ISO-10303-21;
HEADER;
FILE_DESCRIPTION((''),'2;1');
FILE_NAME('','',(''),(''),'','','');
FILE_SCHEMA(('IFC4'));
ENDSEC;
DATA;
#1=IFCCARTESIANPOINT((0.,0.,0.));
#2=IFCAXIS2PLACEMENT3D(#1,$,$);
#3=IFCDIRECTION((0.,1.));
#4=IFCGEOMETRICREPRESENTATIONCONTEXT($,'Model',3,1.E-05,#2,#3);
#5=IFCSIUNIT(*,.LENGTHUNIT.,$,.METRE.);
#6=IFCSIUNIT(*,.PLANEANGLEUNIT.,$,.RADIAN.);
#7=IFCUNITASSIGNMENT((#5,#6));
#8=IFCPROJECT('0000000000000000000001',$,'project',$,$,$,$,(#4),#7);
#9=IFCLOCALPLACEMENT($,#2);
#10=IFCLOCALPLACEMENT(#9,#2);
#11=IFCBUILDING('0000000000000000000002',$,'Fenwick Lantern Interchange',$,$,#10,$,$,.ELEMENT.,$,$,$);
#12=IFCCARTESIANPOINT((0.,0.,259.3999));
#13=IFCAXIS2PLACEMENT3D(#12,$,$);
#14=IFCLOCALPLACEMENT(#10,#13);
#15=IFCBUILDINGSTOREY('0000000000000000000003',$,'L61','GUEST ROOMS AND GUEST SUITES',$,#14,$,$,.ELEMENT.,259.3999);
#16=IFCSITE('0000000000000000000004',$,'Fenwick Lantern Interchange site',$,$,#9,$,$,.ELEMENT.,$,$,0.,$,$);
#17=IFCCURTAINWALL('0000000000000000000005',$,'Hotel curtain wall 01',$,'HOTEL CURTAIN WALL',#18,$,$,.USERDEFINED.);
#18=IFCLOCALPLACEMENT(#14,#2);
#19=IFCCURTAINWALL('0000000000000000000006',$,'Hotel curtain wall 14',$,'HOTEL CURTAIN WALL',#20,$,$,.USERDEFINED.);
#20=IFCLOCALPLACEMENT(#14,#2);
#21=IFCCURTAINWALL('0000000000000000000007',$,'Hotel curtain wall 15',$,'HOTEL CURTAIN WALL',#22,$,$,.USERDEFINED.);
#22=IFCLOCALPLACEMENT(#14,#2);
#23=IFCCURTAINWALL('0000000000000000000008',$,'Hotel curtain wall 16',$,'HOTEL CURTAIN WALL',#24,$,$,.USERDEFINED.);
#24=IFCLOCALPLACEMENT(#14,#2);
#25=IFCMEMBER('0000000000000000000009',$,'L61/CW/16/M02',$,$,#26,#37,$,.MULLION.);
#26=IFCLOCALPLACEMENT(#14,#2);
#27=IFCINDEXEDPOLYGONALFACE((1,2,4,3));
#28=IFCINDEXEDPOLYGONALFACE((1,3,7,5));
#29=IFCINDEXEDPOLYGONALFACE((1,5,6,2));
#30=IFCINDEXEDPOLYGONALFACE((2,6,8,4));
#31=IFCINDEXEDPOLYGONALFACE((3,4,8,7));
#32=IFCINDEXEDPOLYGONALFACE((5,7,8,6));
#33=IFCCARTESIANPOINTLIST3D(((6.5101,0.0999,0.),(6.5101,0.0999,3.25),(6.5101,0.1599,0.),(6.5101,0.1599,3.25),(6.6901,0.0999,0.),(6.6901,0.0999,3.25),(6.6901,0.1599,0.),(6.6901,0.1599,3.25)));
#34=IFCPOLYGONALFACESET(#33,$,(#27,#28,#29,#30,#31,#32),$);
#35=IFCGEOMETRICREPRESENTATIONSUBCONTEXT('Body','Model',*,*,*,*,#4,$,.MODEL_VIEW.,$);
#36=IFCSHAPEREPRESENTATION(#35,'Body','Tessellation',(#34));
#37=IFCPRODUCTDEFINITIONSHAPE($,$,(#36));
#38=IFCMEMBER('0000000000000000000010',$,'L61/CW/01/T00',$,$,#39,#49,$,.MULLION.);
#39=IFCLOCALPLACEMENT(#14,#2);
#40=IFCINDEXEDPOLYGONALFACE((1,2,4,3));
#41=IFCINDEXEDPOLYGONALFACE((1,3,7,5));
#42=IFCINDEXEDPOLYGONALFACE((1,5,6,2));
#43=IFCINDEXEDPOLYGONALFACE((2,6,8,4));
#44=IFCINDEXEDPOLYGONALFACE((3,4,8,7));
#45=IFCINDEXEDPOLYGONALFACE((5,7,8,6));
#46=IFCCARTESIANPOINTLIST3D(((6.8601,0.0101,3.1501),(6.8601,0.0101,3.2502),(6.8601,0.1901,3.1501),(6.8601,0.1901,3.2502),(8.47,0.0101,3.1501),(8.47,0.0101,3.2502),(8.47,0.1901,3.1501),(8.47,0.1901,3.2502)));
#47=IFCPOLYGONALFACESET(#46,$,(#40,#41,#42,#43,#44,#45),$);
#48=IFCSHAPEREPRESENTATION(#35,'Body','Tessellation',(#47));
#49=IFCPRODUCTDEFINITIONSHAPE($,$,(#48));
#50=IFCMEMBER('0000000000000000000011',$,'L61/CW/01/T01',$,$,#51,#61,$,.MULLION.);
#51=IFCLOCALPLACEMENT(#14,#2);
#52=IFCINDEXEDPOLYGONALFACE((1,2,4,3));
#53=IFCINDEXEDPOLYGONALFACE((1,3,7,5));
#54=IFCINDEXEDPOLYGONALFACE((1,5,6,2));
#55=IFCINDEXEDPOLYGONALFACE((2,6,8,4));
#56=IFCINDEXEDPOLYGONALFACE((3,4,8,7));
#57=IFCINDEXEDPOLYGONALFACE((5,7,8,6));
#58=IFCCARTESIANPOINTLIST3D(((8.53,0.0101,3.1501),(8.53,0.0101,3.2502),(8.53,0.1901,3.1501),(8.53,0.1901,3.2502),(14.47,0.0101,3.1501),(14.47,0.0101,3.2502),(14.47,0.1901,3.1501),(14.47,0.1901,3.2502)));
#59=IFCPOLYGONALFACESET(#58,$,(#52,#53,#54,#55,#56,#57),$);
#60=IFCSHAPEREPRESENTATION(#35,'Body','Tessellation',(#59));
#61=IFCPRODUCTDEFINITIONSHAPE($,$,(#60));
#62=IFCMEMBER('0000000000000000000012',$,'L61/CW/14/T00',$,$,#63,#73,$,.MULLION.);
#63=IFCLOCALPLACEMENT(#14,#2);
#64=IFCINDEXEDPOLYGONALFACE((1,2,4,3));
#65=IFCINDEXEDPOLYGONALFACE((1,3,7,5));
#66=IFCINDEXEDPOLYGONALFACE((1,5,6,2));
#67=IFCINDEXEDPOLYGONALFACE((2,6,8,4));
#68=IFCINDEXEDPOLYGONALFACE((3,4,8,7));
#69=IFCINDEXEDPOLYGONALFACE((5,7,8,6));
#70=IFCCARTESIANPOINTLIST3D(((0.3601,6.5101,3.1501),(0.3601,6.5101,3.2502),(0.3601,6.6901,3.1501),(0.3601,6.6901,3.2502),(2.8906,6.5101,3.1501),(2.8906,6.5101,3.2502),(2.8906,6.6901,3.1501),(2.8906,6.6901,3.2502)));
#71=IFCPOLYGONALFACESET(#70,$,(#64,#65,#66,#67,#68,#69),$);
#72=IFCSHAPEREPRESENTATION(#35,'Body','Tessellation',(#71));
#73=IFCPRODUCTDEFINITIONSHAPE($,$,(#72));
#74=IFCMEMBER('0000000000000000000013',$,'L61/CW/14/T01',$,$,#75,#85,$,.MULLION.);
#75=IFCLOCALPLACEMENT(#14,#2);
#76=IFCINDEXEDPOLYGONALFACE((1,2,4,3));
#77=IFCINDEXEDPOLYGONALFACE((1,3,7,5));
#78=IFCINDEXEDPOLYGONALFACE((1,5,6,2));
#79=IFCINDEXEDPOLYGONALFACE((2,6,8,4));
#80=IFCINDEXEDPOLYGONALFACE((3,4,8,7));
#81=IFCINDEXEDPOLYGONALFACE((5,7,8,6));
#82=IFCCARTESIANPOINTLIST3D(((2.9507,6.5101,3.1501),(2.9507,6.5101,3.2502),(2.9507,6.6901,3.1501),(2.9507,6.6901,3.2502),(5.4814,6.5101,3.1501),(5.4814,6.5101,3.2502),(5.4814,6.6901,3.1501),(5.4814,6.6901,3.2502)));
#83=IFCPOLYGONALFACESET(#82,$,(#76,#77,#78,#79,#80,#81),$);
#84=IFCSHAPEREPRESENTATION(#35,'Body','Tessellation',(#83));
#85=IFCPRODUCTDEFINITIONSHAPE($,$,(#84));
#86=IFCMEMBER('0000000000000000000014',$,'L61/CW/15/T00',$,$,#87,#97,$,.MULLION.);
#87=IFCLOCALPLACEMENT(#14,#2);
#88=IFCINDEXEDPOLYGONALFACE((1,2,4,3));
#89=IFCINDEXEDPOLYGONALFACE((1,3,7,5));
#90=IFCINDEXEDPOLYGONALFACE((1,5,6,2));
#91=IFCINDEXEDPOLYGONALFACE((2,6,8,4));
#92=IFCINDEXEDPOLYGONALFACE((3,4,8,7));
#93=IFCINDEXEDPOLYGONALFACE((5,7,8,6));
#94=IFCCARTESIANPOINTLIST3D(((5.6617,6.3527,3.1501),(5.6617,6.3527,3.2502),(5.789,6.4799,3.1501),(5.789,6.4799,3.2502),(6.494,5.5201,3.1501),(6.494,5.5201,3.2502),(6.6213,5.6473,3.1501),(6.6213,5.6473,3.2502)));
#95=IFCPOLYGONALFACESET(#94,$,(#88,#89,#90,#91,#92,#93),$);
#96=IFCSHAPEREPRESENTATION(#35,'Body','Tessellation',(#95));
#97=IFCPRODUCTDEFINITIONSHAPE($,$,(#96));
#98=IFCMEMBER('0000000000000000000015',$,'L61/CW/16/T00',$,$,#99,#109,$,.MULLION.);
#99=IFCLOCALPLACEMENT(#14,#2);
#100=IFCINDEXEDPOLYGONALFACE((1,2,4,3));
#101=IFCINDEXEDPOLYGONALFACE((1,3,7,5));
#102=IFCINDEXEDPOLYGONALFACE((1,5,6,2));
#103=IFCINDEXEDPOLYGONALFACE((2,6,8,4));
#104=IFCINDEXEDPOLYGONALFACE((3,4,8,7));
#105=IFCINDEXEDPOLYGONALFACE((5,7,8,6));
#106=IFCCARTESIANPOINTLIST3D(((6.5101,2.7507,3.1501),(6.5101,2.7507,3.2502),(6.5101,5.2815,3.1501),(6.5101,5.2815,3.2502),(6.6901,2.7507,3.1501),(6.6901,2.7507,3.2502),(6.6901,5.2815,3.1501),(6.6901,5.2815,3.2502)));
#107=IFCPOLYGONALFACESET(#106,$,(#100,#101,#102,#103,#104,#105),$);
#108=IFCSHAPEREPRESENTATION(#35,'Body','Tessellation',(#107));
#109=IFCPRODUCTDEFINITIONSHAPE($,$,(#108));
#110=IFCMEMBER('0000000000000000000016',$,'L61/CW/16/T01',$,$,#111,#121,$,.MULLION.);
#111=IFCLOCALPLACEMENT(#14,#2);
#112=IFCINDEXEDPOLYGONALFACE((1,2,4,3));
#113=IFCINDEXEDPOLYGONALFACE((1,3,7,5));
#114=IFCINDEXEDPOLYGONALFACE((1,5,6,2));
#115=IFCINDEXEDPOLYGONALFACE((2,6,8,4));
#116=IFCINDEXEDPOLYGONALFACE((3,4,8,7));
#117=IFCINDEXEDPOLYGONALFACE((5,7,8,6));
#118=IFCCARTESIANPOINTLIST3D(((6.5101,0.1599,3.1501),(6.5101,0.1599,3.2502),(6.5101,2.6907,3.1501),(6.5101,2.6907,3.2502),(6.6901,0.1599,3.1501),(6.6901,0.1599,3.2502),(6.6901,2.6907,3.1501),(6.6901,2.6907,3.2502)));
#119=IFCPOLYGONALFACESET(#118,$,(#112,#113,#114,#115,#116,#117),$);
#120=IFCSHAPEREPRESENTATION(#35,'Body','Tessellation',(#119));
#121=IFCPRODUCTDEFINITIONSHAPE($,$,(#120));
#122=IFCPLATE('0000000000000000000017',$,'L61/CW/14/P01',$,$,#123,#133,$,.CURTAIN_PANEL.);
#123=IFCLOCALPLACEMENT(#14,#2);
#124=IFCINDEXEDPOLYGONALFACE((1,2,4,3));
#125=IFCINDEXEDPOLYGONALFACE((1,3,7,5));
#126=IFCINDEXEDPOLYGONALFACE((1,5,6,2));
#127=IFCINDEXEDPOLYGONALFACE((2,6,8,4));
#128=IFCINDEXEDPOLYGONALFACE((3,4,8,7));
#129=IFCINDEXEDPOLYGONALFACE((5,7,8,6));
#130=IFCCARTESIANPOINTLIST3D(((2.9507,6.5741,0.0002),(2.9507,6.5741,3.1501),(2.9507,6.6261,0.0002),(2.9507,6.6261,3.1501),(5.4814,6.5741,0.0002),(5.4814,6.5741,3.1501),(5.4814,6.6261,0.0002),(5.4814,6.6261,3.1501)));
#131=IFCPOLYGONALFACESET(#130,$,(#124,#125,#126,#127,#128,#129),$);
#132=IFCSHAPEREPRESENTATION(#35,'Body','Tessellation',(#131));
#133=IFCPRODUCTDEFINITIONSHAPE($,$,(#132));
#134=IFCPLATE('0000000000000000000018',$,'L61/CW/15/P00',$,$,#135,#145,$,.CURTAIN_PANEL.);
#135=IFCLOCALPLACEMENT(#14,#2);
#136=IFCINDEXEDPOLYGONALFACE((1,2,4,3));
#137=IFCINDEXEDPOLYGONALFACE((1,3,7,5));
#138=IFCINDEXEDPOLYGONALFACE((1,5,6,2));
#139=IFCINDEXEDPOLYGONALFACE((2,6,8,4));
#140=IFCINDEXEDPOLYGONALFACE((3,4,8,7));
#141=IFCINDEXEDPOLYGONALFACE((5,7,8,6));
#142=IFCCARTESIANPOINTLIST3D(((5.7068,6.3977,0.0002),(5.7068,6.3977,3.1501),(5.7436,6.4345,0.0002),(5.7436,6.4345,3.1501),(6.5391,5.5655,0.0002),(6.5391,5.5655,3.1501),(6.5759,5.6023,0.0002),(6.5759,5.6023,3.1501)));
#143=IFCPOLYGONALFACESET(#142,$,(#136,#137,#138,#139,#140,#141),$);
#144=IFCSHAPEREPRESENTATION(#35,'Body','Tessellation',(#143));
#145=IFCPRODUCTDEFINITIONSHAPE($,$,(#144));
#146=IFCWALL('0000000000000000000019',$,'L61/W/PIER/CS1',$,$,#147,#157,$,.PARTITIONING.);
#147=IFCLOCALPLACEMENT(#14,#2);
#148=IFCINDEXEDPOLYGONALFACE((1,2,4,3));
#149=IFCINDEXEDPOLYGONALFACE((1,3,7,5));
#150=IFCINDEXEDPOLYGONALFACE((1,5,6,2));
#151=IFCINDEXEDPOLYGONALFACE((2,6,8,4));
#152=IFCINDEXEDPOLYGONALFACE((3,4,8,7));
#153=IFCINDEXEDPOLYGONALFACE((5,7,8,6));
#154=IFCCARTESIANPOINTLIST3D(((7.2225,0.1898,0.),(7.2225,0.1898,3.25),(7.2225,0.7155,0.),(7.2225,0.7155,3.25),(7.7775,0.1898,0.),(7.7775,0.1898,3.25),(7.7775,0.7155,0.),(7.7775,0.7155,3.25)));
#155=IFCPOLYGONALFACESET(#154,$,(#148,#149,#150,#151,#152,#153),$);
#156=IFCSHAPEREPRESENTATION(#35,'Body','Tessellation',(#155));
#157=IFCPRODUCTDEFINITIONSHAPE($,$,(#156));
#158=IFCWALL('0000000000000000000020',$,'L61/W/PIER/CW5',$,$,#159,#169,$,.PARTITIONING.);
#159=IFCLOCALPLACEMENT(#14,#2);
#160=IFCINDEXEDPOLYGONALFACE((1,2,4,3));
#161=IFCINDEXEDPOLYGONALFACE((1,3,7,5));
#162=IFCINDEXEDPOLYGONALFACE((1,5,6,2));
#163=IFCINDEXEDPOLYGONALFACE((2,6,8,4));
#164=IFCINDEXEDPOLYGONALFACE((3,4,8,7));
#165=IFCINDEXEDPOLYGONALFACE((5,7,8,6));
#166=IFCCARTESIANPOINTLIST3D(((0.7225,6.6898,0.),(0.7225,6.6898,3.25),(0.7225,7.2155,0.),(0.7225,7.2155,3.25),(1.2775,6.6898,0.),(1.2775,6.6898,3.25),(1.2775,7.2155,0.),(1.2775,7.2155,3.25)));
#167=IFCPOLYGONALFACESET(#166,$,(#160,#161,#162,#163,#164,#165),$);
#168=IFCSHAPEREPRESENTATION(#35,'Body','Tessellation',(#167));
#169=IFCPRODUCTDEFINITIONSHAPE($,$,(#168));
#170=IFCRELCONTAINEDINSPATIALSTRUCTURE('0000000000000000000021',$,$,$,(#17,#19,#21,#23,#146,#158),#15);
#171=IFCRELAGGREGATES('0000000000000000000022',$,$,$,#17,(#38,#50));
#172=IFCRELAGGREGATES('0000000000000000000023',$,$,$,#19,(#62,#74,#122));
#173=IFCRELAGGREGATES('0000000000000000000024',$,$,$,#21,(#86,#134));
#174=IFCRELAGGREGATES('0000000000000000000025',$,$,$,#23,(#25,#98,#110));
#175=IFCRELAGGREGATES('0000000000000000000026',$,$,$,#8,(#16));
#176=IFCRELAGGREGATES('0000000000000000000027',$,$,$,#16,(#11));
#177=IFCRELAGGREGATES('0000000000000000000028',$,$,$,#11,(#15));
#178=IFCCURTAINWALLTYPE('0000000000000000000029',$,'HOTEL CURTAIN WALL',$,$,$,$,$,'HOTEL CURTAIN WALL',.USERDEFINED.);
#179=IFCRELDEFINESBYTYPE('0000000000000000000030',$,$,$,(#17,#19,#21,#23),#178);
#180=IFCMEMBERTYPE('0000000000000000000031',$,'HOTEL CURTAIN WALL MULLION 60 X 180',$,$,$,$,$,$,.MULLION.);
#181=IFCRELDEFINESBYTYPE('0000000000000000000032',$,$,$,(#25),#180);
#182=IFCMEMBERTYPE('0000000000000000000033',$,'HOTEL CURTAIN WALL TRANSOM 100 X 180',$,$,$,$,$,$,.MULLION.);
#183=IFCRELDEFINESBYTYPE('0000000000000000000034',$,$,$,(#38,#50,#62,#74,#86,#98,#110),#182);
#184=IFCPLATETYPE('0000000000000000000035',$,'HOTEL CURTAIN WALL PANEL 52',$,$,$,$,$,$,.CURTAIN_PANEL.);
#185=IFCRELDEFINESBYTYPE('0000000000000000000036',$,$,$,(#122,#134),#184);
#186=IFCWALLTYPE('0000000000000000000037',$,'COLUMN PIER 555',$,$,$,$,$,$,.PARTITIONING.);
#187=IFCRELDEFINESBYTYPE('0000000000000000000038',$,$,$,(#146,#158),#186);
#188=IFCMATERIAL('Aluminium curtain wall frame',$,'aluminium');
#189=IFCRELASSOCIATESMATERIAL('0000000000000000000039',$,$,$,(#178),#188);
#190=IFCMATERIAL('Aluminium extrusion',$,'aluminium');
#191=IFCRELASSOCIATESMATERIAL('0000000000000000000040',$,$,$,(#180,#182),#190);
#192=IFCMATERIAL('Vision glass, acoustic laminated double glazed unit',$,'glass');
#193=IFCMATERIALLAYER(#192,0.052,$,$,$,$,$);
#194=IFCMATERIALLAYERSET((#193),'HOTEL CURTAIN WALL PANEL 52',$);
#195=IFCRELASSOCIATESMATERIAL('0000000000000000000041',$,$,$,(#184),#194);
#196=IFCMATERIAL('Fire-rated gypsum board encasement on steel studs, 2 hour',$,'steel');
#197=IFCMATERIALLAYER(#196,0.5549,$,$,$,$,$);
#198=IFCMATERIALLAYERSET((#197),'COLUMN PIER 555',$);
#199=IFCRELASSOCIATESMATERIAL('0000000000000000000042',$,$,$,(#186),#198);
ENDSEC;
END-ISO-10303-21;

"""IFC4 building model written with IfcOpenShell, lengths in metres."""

from ifc_helpers import new_model, si_unit, direction, frame, frame_2d, origin, origin_2d, place, context, subcontext, project, spatial, rectangle, extrude, material, layer, layer_set, material_profile, profile_set, type_object, element, aggregate, save


model = new_model("IFC4")

# Units and contexts
model_context = context("Model", 3, precision=1e-05, world=origin(), true_north=direction((0.0, 1.0)))
body_context = subcontext(model_context, "Body", "Model", "MODEL_VIEW")
ifc_project = project(units=[si_unit("LENGTHUNIT", "METRE"), si_unit("PLANEANGLEUNIT", "RADIAN")], contexts=[model_context])

# Site, building, storey
site_placement = place(None, origin())
site = spatial("IfcSite", under=ifc_project, at=site_placement, Name="Fenwick Lantern Interchange site", CompositionType="ELEMENT", RefElevation=0.0)
building_placement = place(site_placement, origin())
building = spatial("IfcBuilding", under=site, at=building_placement, Name="Fenwick Lantern Interchange", CompositionType="ELEMENT")
storey_placement = place(building_placement, frame((0.0, 0.0, 259.3999)))
storey = spatial("IfcBuildingStorey", under=building, at=storey_placement, Name="L61", Description="GUEST ROOMS AND GUEST SUITES", CompositionType="ELEMENT", Elevation=259.3999)

# Curtain wall
ifc_material_1 = material(Name="Aluminium curtain wall frame", Category="aluminium")
curtain_wall_type = type_object("IfcCurtainWallType", Name="HOTEL CURTAIN WALL", ElementType="HOTEL CURTAIN WALL", PredefinedType="USERDEFINED", material=ifc_material_1)
curtain_wall_1_placement = place(storey_placement, origin())
curtain_wall_1 = element("IfcCurtainWall", 1, at=curtain_wall_1_placement, inside=storey, type_object=curtain_wall_type, Name="Hotel curtain wall 01", ObjectType="HOTEL CURTAIN WALL", PredefinedType="USERDEFINED")
ifc_material_2 = material(Name="Aluminium extrusion", Category="aluminium")
ifc_material_profile_1 = material_profile(ifc_material_2, rectangle(XDim=0.1799, YDim=0.0601, at=origin_2d()), Name="HOTEL CURTAIN WALL MULLION 60 X 180")
ifc_profile_set_1 = profile_set([ifc_material_profile_1], Name="Aluminium extrusion")
member_type_1 = type_object("IfcMemberType", Name="HOTEL CURTAIN WALL MULLION 60 X 180", PredefinedType="MULLION", material=ifc_profile_set_1)

# Curtain walls, member
curtain_wall_2_placement = place(storey_placement, origin())
curtain_wall_2 = element("IfcCurtainWall", 2, at=curtain_wall_2_placement, inside=storey, type_object=curtain_wall_type, Name="Hotel curtain wall 14", ObjectType="HOTEL CURTAIN WALL", PredefinedType="USERDEFINED")
curtain_wall_3_placement = place(storey_placement, origin())
curtain_wall_3 = element("IfcCurtainWall", 3, at=curtain_wall_3_placement, inside=storey, type_object=curtain_wall_type, Name="Hotel curtain wall 15", ObjectType="HOTEL CURTAIN WALL", PredefinedType="USERDEFINED")
curtain_wall_4_placement = place(storey_placement, origin())
curtain_wall_4 = element("IfcCurtainWall", 4, at=curtain_wall_4_placement, inside=storey, type_object=curtain_wall_type, Name="Hotel curtain wall 16", ObjectType="HOTEL CURTAIN WALL", PredefinedType="USERDEFINED")
member_1_placement = place(storey_placement, frame((6.6001, 0.1299, 0.0), z_axis=(0.0, 0.0, 1.0), x_axis=(1.0, 0.0, 0.0)))
member_1 = element("IfcMember", 5, at=member_1_placement, type_object=member_type_1, Name="L61/CW/16/M02", PredefinedType="MULLION", context=body_context, shape_type="SweptSolid", body=[
    extrude(rectangle(XDim=0.1799, YDim=0.0601, at=origin_2d()), origin(), (0.0, 0.0, 1.0), 3.25),
])

# Members
ifc_material_profile_2 = material_profile(ifc_material_2, rectangle(XDim=0.1799, YDim=0.1001, at=origin_2d()), Name="HOTEL CURTAIN WALL TRANSOM 100 X 180")
ifc_profile_set_2 = profile_set([ifc_material_profile_2], Name="Aluminium extrusion")
member_type_2 = type_object("IfcMemberType", Name="HOTEL CURTAIN WALL TRANSOM 100 X 180", PredefinedType="MULLION", material=ifc_profile_set_2)
member_2_placement = place(storey_placement, frame((6.8601, 0.1001, 3.2002), z_axis=(1.0, 0.0, 0.0), x_axis=(0.0, 1.0, 0.0)))
member_2 = element("IfcMember", 6, at=member_2_placement, type_object=member_type_2, Name="L61/CW/01/T00", PredefinedType="MULLION", context=body_context, shape_type="SweptSolid", body=[
    extrude(rectangle(XDim=0.1799, YDim=0.1001, at=origin_2d()), origin(), (0.0, 0.0, 1.0), 1.6099),
])
member_3_placement = place(storey_placement, frame((8.53, 0.1001, 3.2002), z_axis=(1.0, 0.0, 0.0), x_axis=(0.0, 1.0, 0.0)))
member_3 = element("IfcMember", 7, at=member_3_placement, type_object=member_type_2, Name="L61/CW/01/T01", PredefinedType="MULLION", context=body_context, shape_type="SweptSolid", body=[
    extrude(rectangle(XDim=0.1799, YDim=0.1001, at=origin_2d()), origin(), (0.0, 0.0, 1.0), 5.9399),
])
member_4_placement = place(storey_placement, frame((0.3601, 6.6001, 3.2002), z_axis=(1.0, 0.0, 0.0), x_axis=(0.0, 1.0, 0.0)))
member_4 = element("IfcMember", 8, at=member_4_placement, type_object=member_type_2, Name="L61/CW/14/T00", PredefinedType="MULLION", context=body_context, shape_type="SweptSolid", body=[
    extrude(rectangle(XDim=0.1799, YDim=0.1001, at=origin_2d()), origin(), (0.0, 0.0, 1.0), 2.5305),
])
member_5_placement = place(storey_placement, frame((2.9507, 6.6001, 3.2002), z_axis=(1.0, 0.0, 0.0), x_axis=(0.0, 1.0, 0.0)))
member_5 = element("IfcMember", 9, at=member_5_placement, type_object=member_type_2, Name="L61/CW/14/T01", PredefinedType="MULLION", context=body_context, shape_type="SweptSolid", body=[
    extrude(rectangle(XDim=0.1799, YDim=0.1001, at=origin_2d()), origin(), (0.0, 0.0, 1.0), 2.5308),
])
member_6_placement = place(storey_placement, frame((5.7253, 6.4163, 3.2002), z_axis=(0.707003, -0.70721, 0.0), x_axis=(0.70721, 0.707003, 0.0)))
member_6 = element("IfcMember", 10, at=member_6_placement, type_object=member_type_2, Name="L61/CW/15/T00", PredefinedType="MULLION", context=body_context, shape_type="SweptSolid", body=[
    extrude(rectangle(XDim=0.1799, YDim=0.1001, at=origin_2d()), origin(), (0.0, 0.0, 1.0), 1.1772),
])
member_7_placement = place(storey_placement, frame((6.6001, 5.2815, 3.2002), z_axis=(0.0, -1.0, 0.0), x_axis=(1.0, 0.0, 0.0)))
member_7 = element("IfcMember", 11, at=member_7_placement, type_object=member_type_2, Name="L61/CW/16/T00", PredefinedType="MULLION", context=body_context, shape_type="SweptSolid", body=[
    extrude(rectangle(XDim=0.1799, YDim=0.1001, at=origin_2d()), origin(), (0.0, 0.0, 1.0), 2.5308),
])
member_8_placement = place(storey_placement, frame((6.6001, 2.6907, 3.2002), z_axis=(0.0, -1.0, 0.0), x_axis=(1.0, 0.0, 0.0)))
member_8 = element("IfcMember", 12, at=member_8_placement, type_object=member_type_2, Name="L61/CW/16/T01", PredefinedType="MULLION", context=body_context, shape_type="SweptSolid", body=[
    extrude(rectangle(XDim=0.1799, YDim=0.1001, at=origin_2d()), origin(), (0.0, 0.0, 1.0), 2.5308),
])

# Plates
ifc_material_3 = material(Name="Vision glass, acoustic laminated double glazed unit", Category="glass")
ifc_layer_1 = layer(ifc_material_3, 0.052)
ifc_layer_set_1 = layer_set([ifc_layer_1], Name="HOTEL CURTAIN WALL PANEL 52")
plate_type = type_object("IfcPlateType", Name="HOTEL CURTAIN WALL PANEL 52", PredefinedType="CURTAIN_PANEL", material=ifc_layer_set_1)
aggregate(curtain_wall_1, [member_2, member_3])
plate_1_placement = place(storey_placement, frame((4.2161, 6.6001, 0.0002), z_axis=(0.0, 0.0, 1.0), x_axis=(1.0, 0.0, 0.0)))
plate_1 = element("IfcPlate", 13, at=plate_1_placement, type_object=plate_type, Name="L61/CW/14/P01", PredefinedType="CURTAIN_PANEL", context=body_context, shape_type="SweptSolid", body=[
    extrude(rectangle(XDim=2.5308, YDim=0.052, at=origin_2d()), origin(), (0.0, 0.0, 1.0), 3.1499),
])
aggregate(curtain_wall_2, [member_4, member_5, plate_1])
plate_2_placement = place(storey_placement, frame((6.1414, 6.0, 0.0002), z_axis=(0.0, 0.0, 1.0), x_axis=(0.707107, -0.707107, 0.0)))
plate_2 = element("IfcPlate", 14, at=plate_2_placement, type_object=plate_type, Name="L61/CW/15/P00", PredefinedType="CURTAIN_PANEL", context=body_context, shape_type="SweptSolid", body=[
    extrude(rectangle(XDim=1.177, YDim=0.052, at=origin_2d()), origin(), (0.0, 0.0, 1.0), 3.1499),
])
aggregate(curtain_wall_3, [member_6, plate_2])
aggregate(curtain_wall_4, [member_1, member_7, member_8])

# Walls
ifc_material_4 = material(Name="Fire-rated gypsum board encasement on steel studs, 2 hour", Category="steel")
ifc_layer_2 = layer(ifc_material_4, 0.5549)
ifc_layer_set_2 = layer_set([ifc_layer_2], Name="COLUMN PIER 555")
wall_type_1 = type_object("IfcWallType", Name="COLUMN PIER 555", PredefinedType="PARTITIONING", material=ifc_layer_set_2)
for number, where, z_axis, x_axis, name in (
    (15, (7.5, 0.1899, 0.0), (0.0, 0.0, 1.0), (0.0, 1.0, 0.0), "L61/W/PIER/CS1"),
    (16, (1.0, 6.6899, 0.0), (0.0, 0.0, 1.0), (0.0, 1.0, 0.0), "L61/W/PIER/CW5"),
):
    element("IfcWall", number, at=place(storey_placement, frame(where, z_axis=z_axis, x_axis=x_axis)), inside=storey, type_object=wall_type_1, Name=name, PredefinedType="PARTITIONING", context=body_context, shape_type="SweptSolid", body=[
        extrude(rectangle(XDim=0.5256, YDim=0.5549, at=frame_2d((0.2627, 0.0))), origin(), (0.0, 0.0, 1.0), 3.25),
    ])

save(model, "model.ifc")
